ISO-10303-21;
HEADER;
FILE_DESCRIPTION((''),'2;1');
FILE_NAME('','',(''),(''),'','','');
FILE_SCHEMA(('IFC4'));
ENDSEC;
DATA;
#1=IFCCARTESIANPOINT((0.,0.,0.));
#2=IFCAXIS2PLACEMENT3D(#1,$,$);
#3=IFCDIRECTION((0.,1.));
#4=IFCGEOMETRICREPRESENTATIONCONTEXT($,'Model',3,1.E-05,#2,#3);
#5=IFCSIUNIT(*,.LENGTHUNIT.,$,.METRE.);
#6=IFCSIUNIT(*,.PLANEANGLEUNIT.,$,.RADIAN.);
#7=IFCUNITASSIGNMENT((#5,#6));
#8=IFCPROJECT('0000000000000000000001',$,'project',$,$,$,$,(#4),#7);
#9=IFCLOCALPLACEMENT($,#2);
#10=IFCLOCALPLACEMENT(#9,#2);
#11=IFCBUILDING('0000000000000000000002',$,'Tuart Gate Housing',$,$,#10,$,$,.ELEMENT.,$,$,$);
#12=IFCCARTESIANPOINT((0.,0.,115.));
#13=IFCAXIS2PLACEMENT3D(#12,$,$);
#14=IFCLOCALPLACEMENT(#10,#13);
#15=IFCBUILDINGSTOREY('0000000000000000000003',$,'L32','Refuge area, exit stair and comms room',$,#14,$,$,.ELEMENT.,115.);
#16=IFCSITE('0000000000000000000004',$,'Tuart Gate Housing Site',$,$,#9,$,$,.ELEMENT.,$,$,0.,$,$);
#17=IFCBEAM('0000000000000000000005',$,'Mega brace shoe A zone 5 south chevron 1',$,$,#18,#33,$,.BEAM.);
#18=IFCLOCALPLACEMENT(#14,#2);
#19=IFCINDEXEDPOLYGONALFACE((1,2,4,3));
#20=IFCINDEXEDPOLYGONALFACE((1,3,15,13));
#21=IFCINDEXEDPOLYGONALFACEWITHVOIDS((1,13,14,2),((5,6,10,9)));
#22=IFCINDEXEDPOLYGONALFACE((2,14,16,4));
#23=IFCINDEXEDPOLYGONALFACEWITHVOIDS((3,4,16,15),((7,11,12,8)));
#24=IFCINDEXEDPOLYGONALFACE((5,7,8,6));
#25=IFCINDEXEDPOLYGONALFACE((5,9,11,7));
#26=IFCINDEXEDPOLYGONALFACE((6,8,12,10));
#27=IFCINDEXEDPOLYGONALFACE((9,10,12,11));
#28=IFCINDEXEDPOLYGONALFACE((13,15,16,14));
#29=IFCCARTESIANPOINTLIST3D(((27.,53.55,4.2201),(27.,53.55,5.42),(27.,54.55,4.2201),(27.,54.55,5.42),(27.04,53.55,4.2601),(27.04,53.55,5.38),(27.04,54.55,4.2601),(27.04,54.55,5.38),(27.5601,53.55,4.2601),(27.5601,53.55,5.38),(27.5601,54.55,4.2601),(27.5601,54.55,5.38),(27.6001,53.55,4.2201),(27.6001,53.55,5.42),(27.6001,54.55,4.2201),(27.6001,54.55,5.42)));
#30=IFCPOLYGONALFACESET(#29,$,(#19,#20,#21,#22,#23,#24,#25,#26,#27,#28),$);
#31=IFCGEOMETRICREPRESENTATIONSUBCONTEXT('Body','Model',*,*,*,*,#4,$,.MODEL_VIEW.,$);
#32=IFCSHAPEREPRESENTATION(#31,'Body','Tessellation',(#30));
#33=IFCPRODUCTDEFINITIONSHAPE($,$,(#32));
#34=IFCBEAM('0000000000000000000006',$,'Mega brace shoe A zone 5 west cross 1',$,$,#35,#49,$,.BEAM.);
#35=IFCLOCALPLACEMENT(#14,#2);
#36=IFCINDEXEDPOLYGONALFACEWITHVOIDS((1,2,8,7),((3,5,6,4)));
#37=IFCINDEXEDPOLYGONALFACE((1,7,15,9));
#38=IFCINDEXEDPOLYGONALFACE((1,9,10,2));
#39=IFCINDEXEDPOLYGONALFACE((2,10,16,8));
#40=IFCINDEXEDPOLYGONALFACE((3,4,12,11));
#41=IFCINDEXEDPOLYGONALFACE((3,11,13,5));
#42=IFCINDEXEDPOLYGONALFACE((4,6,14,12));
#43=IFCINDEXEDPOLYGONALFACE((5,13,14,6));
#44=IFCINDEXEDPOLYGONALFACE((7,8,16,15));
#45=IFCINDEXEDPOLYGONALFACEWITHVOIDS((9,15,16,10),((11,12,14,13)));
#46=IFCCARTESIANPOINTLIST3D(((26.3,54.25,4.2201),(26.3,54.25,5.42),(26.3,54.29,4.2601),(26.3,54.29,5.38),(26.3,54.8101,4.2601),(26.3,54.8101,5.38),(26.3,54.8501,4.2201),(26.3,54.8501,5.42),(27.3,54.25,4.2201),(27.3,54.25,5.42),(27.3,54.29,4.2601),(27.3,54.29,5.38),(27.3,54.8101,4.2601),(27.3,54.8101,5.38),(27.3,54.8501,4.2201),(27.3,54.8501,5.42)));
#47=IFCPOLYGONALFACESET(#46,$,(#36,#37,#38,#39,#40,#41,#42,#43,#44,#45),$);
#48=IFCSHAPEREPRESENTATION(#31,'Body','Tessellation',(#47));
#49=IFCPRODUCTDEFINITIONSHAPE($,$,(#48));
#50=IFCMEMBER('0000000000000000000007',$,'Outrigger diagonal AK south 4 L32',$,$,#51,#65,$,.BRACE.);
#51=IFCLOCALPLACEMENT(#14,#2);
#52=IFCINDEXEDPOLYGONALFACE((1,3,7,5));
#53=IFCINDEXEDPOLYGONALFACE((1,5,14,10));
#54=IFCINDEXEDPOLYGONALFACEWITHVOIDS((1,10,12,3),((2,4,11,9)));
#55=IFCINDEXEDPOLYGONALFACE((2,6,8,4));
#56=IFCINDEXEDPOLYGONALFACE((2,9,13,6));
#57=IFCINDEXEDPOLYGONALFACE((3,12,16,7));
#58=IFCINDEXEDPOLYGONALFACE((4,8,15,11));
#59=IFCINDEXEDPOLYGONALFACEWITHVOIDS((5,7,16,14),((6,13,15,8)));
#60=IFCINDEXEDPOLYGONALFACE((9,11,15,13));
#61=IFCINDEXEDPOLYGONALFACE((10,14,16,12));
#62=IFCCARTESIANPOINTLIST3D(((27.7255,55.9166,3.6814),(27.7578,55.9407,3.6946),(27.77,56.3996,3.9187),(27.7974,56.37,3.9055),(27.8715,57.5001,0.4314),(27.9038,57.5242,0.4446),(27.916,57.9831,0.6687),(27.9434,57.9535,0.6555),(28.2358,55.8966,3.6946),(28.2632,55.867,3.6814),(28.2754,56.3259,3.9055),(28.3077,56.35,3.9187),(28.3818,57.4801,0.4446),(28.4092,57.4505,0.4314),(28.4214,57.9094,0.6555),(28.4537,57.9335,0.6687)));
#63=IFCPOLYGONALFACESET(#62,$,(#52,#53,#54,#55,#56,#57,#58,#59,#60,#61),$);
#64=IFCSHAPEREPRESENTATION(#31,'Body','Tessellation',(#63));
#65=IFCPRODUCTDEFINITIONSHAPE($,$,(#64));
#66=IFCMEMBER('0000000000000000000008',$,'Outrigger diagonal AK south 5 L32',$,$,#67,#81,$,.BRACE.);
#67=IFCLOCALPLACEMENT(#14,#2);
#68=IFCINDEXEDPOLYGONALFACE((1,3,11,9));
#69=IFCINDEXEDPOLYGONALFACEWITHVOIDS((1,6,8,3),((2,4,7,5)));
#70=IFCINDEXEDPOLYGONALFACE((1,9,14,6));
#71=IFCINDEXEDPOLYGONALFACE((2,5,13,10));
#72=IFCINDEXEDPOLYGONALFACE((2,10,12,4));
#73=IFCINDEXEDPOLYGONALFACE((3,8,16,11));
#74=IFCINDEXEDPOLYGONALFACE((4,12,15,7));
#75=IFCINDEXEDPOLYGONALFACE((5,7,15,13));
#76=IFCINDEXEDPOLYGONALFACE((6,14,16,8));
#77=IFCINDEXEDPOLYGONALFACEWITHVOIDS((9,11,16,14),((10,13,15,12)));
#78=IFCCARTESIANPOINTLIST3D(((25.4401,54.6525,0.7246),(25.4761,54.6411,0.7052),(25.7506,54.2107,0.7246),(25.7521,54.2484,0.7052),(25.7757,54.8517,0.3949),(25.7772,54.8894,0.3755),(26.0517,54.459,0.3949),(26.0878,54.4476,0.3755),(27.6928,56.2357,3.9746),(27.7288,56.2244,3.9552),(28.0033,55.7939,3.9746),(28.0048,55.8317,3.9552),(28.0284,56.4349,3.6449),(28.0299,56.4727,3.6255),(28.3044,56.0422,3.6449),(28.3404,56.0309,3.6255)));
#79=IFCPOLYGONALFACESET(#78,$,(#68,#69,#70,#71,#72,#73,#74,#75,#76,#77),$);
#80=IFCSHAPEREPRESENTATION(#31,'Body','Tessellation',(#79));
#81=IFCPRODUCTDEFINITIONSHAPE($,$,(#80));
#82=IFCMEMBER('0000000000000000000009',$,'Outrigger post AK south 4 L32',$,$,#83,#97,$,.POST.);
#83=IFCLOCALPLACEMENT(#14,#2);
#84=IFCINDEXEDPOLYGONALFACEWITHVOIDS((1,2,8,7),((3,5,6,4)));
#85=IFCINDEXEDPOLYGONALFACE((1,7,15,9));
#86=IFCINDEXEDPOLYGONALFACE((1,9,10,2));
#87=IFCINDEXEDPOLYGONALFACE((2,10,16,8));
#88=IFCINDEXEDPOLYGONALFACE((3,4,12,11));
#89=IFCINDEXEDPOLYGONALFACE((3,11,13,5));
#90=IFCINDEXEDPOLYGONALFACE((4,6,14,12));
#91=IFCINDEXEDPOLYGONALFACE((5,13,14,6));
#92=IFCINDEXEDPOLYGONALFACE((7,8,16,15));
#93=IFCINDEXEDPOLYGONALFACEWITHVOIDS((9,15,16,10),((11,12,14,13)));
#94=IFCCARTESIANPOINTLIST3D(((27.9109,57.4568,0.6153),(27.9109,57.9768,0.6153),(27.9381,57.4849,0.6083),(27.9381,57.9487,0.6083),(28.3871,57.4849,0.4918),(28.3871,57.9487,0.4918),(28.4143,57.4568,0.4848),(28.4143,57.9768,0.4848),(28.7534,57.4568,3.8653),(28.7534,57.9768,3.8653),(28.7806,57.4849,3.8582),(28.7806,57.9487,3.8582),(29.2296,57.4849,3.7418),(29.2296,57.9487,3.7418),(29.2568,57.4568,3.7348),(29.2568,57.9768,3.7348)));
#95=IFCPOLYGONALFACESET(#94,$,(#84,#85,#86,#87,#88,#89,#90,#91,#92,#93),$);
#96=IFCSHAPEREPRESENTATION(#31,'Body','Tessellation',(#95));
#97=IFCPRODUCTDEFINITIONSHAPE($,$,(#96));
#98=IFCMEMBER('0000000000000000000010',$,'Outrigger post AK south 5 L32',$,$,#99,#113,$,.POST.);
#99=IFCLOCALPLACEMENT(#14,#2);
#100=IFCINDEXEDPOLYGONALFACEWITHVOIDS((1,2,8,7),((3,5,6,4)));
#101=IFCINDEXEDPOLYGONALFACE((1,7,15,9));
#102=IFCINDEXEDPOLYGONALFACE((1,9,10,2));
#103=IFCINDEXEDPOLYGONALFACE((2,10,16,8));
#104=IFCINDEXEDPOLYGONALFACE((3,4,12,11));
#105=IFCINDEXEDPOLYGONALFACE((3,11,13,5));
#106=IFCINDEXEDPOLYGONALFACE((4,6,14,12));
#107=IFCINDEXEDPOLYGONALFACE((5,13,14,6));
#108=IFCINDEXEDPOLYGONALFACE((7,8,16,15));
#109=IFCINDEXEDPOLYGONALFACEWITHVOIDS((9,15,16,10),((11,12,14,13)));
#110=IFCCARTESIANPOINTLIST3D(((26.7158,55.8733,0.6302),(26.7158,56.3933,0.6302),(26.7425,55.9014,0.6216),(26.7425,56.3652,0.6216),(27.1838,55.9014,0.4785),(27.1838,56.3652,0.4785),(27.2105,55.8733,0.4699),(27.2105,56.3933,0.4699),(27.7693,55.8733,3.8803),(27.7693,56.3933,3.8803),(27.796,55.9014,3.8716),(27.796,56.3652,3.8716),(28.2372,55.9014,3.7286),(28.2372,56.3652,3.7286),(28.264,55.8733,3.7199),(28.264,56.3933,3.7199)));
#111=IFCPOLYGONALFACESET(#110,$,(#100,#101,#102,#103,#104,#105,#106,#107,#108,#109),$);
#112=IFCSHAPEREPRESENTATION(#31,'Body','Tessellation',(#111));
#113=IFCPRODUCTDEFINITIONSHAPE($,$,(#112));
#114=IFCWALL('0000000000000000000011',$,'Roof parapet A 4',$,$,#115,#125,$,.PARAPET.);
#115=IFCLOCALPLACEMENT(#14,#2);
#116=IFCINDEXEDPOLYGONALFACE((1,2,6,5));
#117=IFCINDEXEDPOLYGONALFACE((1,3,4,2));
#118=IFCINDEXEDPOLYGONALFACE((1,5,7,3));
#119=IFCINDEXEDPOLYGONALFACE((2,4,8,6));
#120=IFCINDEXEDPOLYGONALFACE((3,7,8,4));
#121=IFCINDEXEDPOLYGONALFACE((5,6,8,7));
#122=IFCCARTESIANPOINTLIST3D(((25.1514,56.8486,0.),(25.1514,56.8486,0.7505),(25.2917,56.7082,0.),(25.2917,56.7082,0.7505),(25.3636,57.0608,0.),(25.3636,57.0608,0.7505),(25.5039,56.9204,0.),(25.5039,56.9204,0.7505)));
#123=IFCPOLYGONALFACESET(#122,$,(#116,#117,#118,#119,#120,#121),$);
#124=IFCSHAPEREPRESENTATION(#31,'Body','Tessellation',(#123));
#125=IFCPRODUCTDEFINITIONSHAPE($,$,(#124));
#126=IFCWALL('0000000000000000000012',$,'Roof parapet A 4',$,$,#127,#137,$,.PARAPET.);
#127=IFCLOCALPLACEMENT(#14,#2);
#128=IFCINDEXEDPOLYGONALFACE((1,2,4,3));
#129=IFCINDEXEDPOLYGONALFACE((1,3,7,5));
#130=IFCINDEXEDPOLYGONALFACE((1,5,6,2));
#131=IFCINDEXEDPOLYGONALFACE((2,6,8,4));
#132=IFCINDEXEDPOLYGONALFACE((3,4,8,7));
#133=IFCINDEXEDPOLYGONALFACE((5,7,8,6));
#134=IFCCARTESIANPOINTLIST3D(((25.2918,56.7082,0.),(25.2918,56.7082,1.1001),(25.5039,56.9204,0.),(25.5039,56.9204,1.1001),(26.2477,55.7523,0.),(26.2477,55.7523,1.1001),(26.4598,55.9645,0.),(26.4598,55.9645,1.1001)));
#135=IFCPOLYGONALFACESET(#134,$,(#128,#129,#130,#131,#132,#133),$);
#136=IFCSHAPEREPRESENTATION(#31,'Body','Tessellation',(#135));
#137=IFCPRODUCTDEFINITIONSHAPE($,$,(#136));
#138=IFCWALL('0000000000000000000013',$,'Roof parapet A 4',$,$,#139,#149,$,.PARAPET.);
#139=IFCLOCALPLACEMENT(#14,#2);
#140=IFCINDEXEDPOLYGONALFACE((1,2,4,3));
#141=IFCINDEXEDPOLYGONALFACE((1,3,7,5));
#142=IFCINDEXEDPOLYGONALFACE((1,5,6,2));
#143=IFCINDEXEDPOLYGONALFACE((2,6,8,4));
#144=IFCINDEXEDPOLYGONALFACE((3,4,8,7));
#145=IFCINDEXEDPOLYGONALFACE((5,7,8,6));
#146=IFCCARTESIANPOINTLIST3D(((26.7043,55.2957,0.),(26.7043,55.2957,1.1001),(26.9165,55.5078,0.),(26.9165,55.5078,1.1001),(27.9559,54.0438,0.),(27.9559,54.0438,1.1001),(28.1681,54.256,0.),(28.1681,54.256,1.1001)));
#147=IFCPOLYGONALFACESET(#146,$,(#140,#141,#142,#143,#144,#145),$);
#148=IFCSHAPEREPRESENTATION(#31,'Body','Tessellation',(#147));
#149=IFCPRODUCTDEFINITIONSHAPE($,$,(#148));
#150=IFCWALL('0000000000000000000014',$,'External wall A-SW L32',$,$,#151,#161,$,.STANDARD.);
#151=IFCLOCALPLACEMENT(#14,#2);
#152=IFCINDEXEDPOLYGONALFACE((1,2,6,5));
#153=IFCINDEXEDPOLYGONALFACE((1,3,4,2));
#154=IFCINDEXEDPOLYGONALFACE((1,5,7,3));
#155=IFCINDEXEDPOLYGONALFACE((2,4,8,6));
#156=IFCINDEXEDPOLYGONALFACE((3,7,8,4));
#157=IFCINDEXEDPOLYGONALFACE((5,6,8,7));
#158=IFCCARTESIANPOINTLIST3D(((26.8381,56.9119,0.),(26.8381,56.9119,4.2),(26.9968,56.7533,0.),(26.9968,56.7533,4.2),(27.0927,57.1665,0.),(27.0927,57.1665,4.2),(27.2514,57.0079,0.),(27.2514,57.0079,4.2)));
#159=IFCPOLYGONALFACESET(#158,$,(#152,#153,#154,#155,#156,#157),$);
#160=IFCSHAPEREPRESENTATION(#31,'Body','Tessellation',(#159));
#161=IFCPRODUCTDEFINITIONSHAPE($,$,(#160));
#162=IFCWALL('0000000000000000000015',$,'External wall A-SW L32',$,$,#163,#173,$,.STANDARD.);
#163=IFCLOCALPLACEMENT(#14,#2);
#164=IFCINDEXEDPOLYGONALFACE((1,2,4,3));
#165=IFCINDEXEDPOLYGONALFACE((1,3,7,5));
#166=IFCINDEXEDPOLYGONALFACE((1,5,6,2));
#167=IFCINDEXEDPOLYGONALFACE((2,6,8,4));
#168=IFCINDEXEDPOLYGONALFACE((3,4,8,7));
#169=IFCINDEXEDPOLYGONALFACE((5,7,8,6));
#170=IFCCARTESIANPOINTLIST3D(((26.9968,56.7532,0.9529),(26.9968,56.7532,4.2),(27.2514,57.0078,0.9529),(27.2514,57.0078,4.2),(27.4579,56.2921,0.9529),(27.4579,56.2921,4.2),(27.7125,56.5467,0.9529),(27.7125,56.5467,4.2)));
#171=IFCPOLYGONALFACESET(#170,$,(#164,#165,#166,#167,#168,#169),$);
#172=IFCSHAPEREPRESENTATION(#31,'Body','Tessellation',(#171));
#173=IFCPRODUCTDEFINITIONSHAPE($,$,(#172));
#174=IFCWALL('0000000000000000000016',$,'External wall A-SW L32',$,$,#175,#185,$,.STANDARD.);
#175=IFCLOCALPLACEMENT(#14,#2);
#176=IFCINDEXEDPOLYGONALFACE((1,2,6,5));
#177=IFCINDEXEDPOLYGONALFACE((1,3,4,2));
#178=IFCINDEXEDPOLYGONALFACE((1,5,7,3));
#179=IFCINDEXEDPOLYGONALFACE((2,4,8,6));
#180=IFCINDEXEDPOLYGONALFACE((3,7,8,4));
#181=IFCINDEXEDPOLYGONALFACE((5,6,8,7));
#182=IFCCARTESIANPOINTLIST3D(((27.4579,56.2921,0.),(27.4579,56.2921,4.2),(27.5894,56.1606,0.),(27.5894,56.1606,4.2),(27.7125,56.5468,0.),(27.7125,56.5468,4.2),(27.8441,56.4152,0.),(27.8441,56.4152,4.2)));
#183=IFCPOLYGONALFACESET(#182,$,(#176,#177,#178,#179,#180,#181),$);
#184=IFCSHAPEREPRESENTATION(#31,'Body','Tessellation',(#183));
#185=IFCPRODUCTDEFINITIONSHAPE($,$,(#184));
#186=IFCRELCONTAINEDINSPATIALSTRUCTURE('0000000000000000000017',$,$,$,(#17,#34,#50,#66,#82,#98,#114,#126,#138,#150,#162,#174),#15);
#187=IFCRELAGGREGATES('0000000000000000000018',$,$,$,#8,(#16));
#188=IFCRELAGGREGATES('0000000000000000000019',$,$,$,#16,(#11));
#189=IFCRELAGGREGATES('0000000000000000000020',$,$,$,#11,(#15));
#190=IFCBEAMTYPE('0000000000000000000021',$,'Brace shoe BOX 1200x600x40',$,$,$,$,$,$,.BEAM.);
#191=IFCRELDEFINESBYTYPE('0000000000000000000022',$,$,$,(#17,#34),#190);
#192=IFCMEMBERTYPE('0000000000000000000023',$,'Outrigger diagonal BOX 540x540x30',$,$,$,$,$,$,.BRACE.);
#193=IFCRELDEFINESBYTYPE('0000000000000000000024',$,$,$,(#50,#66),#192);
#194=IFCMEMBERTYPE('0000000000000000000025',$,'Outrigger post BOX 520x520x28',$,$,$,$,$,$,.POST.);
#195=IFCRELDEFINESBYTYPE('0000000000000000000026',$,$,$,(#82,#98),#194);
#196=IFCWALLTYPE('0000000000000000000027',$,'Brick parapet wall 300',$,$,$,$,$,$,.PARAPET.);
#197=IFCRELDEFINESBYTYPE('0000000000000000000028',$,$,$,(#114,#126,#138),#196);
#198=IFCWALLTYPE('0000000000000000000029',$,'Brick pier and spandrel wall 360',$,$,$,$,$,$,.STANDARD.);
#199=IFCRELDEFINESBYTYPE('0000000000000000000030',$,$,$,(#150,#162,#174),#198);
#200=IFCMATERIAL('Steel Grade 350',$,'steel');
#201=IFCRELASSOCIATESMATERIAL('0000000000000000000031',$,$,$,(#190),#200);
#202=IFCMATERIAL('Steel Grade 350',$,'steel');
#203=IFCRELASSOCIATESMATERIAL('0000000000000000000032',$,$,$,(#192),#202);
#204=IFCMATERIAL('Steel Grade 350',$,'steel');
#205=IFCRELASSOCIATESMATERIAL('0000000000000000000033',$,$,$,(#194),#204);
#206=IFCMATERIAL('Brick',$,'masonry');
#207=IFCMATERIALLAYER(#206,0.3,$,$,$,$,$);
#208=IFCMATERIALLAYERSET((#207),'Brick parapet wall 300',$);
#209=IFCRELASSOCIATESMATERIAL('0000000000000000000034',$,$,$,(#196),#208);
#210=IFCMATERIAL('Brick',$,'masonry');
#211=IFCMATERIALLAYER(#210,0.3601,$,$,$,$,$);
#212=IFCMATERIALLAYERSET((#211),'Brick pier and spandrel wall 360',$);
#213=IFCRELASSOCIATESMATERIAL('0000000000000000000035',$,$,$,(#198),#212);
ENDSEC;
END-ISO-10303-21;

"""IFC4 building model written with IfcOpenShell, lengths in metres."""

from ifc_helpers import new_model, si_unit, direction, frame, frame_2d, origin, origin_2d, place, context, subcontext, project, spatial, rectangle, hollow_rectangle, extrude, material, layer, layer_set, material_profile, profile_set, type_object, element, save


model = new_model("IFC4")

# Units and contexts
model_context = context("Model", 3, precision=1e-05, world=origin(), true_north=direction((0.0, 1.0)))
body_context = subcontext(model_context, "Body", "Model", "MODEL_VIEW")
ifc_project = project(units=[si_unit("LENGTHUNIT", "METRE"), si_unit("PLANEANGLEUNIT", "RADIAN")], contexts=[model_context])

# Site, building, storey
site_placement = place(None, origin())
site = spatial("IfcSite", under=ifc_project, at=site_placement, Name="Tuart Gate Housing Site", CompositionType="ELEMENT", RefElevation=0.0)
building_placement = place(site_placement, origin())
building = spatial("IfcBuilding", under=site, at=building_placement, Name="Tuart Gate Housing", CompositionType="ELEMENT")
storey_placement = place(building_placement, frame((0.0, 0.0, 115.0)))
storey = spatial("IfcBuildingStorey", under=building, at=storey_placement, Name="L32", Description="Refuge area, exit stair and comms room", CompositionType="ELEMENT", Elevation=115.0)

# Beams
ifc_material_1 = material(Name="Steel Grade 350", Category="steel")
ifc_material_profile_1 = material_profile(ifc_material_1, hollow_rectangle(XDim=0.6001, YDim=1.2, WallThickness=0.04, at=origin_2d()), Name="BOX 1200x600x40")
ifc_profile_set_1 = profile_set([ifc_material_profile_1], Name="Steel Grade 350")
beam_type = type_object("IfcBeamType", Name="Brace shoe BOX 1200x600x40", PredefinedType="BEAM", material=ifc_profile_set_1)
for number, where, z_axis, x_axis, name in (
    (1, (27.3, 54.55, 4.8201), (0.0, -1.0, 0.0), (1.0, 0.0, 0.0), "Mega brace shoe A zone 5 south chevron 1"),
    (2, (27.3, 54.55, 4.8201), (-1.0, 0.0, 0.0), (0.0, -1.0, 0.0), "Mega brace shoe A zone 5 west cross 1"),
):
    element("IfcBeam", number, at=place(storey_placement, frame(where, z_axis=z_axis, x_axis=x_axis)), inside=storey, type_object=beam_type, Name=name, PredefinedType="BEAM", context=body_context, shape_type="SweptSolid", body=[
        extrude(hollow_rectangle(XDim=0.6001, YDim=1.2, WallThickness=0.04, at=origin_2d()), origin(), (0.0, 0.0, 1.0), 1.0),
    ])

# Members
ifc_material_2 = material(Name="Steel Grade 350", Category="steel")
ifc_material_profile_2 = material_profile(ifc_material_2, hollow_rectangle(XDim=0.54, YDim=0.54, WallThickness=0.03, at=origin_2d()), Name="BOX 540x540x30")
ifc_profile_set_2 = profile_set([ifc_material_profile_2], Name="Steel Grade 350")
member_type_1 = type_object("IfcMemberType", Name="Outrigger diagonal BOX 540x540x30", PredefinedType="BRACE", material=ifc_profile_set_2)
member_1_placement = place(storey_placement, frame((28.1626, 57.7168, 0.55), z_axis=(-0.040351, -0.437649, 0.89824), x_axis=(0.995777, -0.091809, 0.0)))
element("IfcMember", 3, at=member_1_placement, inside=storey, type_object=member_type_1, Name="Outrigger diagonal AK south 4 L32", PredefinedType="BRACE", context=body_context, shape_type="SweptSolid", body=[
    extrude(hollow_rectangle(XDim=0.54, YDim=0.54, WallThickness=0.03, at=origin_2d()), origin(), (0.0, 0.0, 1.0), 3.6182),
])
member_2_placement = place(storey_placement, frame((28.0166, 56.1333, 3.8), z_axis=(-0.528855, -0.371695, -0.762991), x_axis=(0.575014, -0.818143, 0.0)))
element("IfcMember", 4, at=member_2_placement, inside=storey, type_object=member_type_1, Name="Outrigger diagonal AK south 5 L32", PredefinedType="BRACE", context=body_context, shape_type="SweptSolid", body=[
    extrude(hollow_rectangle(XDim=0.54, YDim=0.54, WallThickness=0.03, at=origin_2d()), origin(), (0.0, 0.0, 1.0), 4.2595),
])
ifc_material_3 = material(Name="Steel Grade 350", Category="steel")
ifc_material_profile_3 = material_profile(ifc_material_3, hollow_rectangle(XDim=0.52, YDim=0.52, WallThickness=0.0281, at=origin_2d()), Name="BOX 520x520x28")
ifc_profile_set_3 = profile_set([ifc_material_profile_3], Name="Steel Grade 350")
member_type_2 = type_object("IfcMemberType", Name="Outrigger post BOX 520x520x28", PredefinedType="POST", material=ifc_profile_set_3)
member_3_placement = place(storey_placement, frame((28.1626, 57.7168, 0.55), z_axis=(0.250944, 0.0, 0.968001), x_axis=(0.0, 1.0, 0.0)))
element("IfcMember", 5, at=member_3_placement, inside=storey, type_object=member_type_2, Name="Outrigger post AK south 4 L32", PredefinedType="POST", context=body_context, shape_type="SweptSolid", body=[
    extrude(hollow_rectangle(XDim=0.52, YDim=0.52, WallThickness=0.0281, at=origin_2d()), origin(), (0.0, 0.0, 1.0), 3.3574),
])
member_4_placement = place(storey_placement, frame((26.9631, 56.1333, 0.55), z_axis=(0.308349, 0.0, 0.951273), x_axis=(0.0, 1.0, 0.0)))
element("IfcMember", 6, at=member_4_placement, inside=storey, type_object=member_type_2, Name="Outrigger post AK south 5 L32", PredefinedType="POST", context=body_context, shape_type="SweptSolid", body=[
    extrude(hollow_rectangle(XDim=0.52, YDim=0.52, WallThickness=0.0281, at=origin_2d()), origin(), (0.0, 0.0, 1.0), 3.4165),
])

# Walls
ifc_material_4 = material(Name="Brick", Category="masonry")
ifc_layer_1 = layer(ifc_material_4, 0.3)
ifc_layer_set_1 = layer_set([ifc_layer_1], Name="Brick parapet wall 300")
wall_type_1 = type_object("IfcWallType", Name="Brick parapet wall 300", PredefinedType="PARAPET", material=ifc_layer_set_1)
wall_1_placement = place(storey_placement, frame((25.2576, 56.9546, 0.0), z_axis=(0.0, 0.0, 1.0), x_axis=(0.707107, -0.707107, 0.0)))
element("IfcWall", 7, at=wall_1_placement, inside=storey, type_object=wall_type_1, Name="Roof parapet A 4", PredefinedType="PARAPET", context=body_context, shape_type="SweptSolid", body=[
    extrude(rectangle(XDim=0.1985, YDim=0.3, at=frame_2d((0.0991, 0.0))), origin(), (0.0, 0.0, 1.0), 0.7505),
])
wall_2_placement = place(storey_placement, frame((25.3979, 56.8142, 0.0), z_axis=(0.0, 0.0, 1.0), x_axis=(0.707107, -0.707107, 0.0)))
element("IfcWall", 8, at=wall_2_placement, inside=storey, type_object=wall_type_1, Name="Roof parapet A 4", PredefinedType="PARAPET", context=body_context, shape_type="SweptSolid", body=[
    extrude(rectangle(XDim=1.3518, YDim=0.3, at=frame_2d((0.6758, 0.0))), origin(), (0.0, 0.0, 1.0), 1.1001),
])
wall_3_placement = place(storey_placement, frame((26.8103, 55.4019, 0.0), z_axis=(0.0, 0.0, 1.0), x_axis=(0.707038, -0.707176, 0.0)))
element("IfcWall", 9, at=wall_3_placement, inside=storey, type_object=wall_type_1, Name="Roof parapet A 4", PredefinedType="PARAPET", context=body_context, shape_type="SweptSolid", body=[
    extrude(rectangle(XDim=1.7703, YDim=0.3, at=frame_2d((0.8853, 0.0))), origin(), (0.0, 0.0, 1.0), 1.1001),
])
ifc_material_5 = material(Name="Brick", Category="masonry")
ifc_layer_2 = layer(ifc_material_5, 0.3601)
ifc_layer_set_2 = layer_set([ifc_layer_2], Name="Brick pier and spandrel wall 360")
wall_type_2 = type_object("IfcWallType", Name="Brick pier and spandrel wall 360", PredefinedType="STANDARD", material=ifc_layer_set_2)
wall_4_placement = place(storey_placement, frame((26.9653, 57.0393, 0.0), z_axis=(0.0, 0.0, 1.0), x_axis=(0.707107, -0.707107, 0.0)))
element("IfcWall", 10, at=wall_4_placement, inside=storey, type_object=wall_type_2, Name="External wall A-SW L32", PredefinedType="STANDARD", context=body_context, shape_type="SweptSolid", body=[
    extrude(rectangle(XDim=0.2244, YDim=0.3601, at=frame_2d((0.1123, 0.0))), origin(), (0.0, 0.0, 1.0), 4.2),
])
wall_5_placement = place(storey_placement, frame((27.124, 56.8806, 0.9529), z_axis=(0.0, 0.0, 1.0), x_axis=(0.707107, -0.707107, 0.0)))
element("IfcWall", 11, at=wall_5_placement, inside=storey, type_object=wall_type_2, Name="External wall A-SW L32", PredefinedType="STANDARD", context=body_context, shape_type="SweptSolid", body=[
    extrude(rectangle(XDim=0.6521, YDim=0.3601, at=frame_2d((0.3262, 0.0))), origin(), (0.0, 0.0, 1.0), 3.2471),
])
wall_6_placement = place(storey_placement, frame((27.5852, 56.4194, 0.0), z_axis=(0.0, 0.0, 1.0), x_axis=(0.707107, -0.707107, 0.0)))
element("IfcWall", 12, at=wall_6_placement, inside=storey, type_object=wall_type_2, Name="External wall A-SW L32", PredefinedType="STANDARD", context=body_context, shape_type="SweptSolid", body=[
    extrude(rectangle(XDim=0.186, YDim=0.3601, at=frame_2d((0.093, 0.0))), origin(), (0.0, 0.0, 1.0), 4.2),
])

save(model, "model.ifc")
